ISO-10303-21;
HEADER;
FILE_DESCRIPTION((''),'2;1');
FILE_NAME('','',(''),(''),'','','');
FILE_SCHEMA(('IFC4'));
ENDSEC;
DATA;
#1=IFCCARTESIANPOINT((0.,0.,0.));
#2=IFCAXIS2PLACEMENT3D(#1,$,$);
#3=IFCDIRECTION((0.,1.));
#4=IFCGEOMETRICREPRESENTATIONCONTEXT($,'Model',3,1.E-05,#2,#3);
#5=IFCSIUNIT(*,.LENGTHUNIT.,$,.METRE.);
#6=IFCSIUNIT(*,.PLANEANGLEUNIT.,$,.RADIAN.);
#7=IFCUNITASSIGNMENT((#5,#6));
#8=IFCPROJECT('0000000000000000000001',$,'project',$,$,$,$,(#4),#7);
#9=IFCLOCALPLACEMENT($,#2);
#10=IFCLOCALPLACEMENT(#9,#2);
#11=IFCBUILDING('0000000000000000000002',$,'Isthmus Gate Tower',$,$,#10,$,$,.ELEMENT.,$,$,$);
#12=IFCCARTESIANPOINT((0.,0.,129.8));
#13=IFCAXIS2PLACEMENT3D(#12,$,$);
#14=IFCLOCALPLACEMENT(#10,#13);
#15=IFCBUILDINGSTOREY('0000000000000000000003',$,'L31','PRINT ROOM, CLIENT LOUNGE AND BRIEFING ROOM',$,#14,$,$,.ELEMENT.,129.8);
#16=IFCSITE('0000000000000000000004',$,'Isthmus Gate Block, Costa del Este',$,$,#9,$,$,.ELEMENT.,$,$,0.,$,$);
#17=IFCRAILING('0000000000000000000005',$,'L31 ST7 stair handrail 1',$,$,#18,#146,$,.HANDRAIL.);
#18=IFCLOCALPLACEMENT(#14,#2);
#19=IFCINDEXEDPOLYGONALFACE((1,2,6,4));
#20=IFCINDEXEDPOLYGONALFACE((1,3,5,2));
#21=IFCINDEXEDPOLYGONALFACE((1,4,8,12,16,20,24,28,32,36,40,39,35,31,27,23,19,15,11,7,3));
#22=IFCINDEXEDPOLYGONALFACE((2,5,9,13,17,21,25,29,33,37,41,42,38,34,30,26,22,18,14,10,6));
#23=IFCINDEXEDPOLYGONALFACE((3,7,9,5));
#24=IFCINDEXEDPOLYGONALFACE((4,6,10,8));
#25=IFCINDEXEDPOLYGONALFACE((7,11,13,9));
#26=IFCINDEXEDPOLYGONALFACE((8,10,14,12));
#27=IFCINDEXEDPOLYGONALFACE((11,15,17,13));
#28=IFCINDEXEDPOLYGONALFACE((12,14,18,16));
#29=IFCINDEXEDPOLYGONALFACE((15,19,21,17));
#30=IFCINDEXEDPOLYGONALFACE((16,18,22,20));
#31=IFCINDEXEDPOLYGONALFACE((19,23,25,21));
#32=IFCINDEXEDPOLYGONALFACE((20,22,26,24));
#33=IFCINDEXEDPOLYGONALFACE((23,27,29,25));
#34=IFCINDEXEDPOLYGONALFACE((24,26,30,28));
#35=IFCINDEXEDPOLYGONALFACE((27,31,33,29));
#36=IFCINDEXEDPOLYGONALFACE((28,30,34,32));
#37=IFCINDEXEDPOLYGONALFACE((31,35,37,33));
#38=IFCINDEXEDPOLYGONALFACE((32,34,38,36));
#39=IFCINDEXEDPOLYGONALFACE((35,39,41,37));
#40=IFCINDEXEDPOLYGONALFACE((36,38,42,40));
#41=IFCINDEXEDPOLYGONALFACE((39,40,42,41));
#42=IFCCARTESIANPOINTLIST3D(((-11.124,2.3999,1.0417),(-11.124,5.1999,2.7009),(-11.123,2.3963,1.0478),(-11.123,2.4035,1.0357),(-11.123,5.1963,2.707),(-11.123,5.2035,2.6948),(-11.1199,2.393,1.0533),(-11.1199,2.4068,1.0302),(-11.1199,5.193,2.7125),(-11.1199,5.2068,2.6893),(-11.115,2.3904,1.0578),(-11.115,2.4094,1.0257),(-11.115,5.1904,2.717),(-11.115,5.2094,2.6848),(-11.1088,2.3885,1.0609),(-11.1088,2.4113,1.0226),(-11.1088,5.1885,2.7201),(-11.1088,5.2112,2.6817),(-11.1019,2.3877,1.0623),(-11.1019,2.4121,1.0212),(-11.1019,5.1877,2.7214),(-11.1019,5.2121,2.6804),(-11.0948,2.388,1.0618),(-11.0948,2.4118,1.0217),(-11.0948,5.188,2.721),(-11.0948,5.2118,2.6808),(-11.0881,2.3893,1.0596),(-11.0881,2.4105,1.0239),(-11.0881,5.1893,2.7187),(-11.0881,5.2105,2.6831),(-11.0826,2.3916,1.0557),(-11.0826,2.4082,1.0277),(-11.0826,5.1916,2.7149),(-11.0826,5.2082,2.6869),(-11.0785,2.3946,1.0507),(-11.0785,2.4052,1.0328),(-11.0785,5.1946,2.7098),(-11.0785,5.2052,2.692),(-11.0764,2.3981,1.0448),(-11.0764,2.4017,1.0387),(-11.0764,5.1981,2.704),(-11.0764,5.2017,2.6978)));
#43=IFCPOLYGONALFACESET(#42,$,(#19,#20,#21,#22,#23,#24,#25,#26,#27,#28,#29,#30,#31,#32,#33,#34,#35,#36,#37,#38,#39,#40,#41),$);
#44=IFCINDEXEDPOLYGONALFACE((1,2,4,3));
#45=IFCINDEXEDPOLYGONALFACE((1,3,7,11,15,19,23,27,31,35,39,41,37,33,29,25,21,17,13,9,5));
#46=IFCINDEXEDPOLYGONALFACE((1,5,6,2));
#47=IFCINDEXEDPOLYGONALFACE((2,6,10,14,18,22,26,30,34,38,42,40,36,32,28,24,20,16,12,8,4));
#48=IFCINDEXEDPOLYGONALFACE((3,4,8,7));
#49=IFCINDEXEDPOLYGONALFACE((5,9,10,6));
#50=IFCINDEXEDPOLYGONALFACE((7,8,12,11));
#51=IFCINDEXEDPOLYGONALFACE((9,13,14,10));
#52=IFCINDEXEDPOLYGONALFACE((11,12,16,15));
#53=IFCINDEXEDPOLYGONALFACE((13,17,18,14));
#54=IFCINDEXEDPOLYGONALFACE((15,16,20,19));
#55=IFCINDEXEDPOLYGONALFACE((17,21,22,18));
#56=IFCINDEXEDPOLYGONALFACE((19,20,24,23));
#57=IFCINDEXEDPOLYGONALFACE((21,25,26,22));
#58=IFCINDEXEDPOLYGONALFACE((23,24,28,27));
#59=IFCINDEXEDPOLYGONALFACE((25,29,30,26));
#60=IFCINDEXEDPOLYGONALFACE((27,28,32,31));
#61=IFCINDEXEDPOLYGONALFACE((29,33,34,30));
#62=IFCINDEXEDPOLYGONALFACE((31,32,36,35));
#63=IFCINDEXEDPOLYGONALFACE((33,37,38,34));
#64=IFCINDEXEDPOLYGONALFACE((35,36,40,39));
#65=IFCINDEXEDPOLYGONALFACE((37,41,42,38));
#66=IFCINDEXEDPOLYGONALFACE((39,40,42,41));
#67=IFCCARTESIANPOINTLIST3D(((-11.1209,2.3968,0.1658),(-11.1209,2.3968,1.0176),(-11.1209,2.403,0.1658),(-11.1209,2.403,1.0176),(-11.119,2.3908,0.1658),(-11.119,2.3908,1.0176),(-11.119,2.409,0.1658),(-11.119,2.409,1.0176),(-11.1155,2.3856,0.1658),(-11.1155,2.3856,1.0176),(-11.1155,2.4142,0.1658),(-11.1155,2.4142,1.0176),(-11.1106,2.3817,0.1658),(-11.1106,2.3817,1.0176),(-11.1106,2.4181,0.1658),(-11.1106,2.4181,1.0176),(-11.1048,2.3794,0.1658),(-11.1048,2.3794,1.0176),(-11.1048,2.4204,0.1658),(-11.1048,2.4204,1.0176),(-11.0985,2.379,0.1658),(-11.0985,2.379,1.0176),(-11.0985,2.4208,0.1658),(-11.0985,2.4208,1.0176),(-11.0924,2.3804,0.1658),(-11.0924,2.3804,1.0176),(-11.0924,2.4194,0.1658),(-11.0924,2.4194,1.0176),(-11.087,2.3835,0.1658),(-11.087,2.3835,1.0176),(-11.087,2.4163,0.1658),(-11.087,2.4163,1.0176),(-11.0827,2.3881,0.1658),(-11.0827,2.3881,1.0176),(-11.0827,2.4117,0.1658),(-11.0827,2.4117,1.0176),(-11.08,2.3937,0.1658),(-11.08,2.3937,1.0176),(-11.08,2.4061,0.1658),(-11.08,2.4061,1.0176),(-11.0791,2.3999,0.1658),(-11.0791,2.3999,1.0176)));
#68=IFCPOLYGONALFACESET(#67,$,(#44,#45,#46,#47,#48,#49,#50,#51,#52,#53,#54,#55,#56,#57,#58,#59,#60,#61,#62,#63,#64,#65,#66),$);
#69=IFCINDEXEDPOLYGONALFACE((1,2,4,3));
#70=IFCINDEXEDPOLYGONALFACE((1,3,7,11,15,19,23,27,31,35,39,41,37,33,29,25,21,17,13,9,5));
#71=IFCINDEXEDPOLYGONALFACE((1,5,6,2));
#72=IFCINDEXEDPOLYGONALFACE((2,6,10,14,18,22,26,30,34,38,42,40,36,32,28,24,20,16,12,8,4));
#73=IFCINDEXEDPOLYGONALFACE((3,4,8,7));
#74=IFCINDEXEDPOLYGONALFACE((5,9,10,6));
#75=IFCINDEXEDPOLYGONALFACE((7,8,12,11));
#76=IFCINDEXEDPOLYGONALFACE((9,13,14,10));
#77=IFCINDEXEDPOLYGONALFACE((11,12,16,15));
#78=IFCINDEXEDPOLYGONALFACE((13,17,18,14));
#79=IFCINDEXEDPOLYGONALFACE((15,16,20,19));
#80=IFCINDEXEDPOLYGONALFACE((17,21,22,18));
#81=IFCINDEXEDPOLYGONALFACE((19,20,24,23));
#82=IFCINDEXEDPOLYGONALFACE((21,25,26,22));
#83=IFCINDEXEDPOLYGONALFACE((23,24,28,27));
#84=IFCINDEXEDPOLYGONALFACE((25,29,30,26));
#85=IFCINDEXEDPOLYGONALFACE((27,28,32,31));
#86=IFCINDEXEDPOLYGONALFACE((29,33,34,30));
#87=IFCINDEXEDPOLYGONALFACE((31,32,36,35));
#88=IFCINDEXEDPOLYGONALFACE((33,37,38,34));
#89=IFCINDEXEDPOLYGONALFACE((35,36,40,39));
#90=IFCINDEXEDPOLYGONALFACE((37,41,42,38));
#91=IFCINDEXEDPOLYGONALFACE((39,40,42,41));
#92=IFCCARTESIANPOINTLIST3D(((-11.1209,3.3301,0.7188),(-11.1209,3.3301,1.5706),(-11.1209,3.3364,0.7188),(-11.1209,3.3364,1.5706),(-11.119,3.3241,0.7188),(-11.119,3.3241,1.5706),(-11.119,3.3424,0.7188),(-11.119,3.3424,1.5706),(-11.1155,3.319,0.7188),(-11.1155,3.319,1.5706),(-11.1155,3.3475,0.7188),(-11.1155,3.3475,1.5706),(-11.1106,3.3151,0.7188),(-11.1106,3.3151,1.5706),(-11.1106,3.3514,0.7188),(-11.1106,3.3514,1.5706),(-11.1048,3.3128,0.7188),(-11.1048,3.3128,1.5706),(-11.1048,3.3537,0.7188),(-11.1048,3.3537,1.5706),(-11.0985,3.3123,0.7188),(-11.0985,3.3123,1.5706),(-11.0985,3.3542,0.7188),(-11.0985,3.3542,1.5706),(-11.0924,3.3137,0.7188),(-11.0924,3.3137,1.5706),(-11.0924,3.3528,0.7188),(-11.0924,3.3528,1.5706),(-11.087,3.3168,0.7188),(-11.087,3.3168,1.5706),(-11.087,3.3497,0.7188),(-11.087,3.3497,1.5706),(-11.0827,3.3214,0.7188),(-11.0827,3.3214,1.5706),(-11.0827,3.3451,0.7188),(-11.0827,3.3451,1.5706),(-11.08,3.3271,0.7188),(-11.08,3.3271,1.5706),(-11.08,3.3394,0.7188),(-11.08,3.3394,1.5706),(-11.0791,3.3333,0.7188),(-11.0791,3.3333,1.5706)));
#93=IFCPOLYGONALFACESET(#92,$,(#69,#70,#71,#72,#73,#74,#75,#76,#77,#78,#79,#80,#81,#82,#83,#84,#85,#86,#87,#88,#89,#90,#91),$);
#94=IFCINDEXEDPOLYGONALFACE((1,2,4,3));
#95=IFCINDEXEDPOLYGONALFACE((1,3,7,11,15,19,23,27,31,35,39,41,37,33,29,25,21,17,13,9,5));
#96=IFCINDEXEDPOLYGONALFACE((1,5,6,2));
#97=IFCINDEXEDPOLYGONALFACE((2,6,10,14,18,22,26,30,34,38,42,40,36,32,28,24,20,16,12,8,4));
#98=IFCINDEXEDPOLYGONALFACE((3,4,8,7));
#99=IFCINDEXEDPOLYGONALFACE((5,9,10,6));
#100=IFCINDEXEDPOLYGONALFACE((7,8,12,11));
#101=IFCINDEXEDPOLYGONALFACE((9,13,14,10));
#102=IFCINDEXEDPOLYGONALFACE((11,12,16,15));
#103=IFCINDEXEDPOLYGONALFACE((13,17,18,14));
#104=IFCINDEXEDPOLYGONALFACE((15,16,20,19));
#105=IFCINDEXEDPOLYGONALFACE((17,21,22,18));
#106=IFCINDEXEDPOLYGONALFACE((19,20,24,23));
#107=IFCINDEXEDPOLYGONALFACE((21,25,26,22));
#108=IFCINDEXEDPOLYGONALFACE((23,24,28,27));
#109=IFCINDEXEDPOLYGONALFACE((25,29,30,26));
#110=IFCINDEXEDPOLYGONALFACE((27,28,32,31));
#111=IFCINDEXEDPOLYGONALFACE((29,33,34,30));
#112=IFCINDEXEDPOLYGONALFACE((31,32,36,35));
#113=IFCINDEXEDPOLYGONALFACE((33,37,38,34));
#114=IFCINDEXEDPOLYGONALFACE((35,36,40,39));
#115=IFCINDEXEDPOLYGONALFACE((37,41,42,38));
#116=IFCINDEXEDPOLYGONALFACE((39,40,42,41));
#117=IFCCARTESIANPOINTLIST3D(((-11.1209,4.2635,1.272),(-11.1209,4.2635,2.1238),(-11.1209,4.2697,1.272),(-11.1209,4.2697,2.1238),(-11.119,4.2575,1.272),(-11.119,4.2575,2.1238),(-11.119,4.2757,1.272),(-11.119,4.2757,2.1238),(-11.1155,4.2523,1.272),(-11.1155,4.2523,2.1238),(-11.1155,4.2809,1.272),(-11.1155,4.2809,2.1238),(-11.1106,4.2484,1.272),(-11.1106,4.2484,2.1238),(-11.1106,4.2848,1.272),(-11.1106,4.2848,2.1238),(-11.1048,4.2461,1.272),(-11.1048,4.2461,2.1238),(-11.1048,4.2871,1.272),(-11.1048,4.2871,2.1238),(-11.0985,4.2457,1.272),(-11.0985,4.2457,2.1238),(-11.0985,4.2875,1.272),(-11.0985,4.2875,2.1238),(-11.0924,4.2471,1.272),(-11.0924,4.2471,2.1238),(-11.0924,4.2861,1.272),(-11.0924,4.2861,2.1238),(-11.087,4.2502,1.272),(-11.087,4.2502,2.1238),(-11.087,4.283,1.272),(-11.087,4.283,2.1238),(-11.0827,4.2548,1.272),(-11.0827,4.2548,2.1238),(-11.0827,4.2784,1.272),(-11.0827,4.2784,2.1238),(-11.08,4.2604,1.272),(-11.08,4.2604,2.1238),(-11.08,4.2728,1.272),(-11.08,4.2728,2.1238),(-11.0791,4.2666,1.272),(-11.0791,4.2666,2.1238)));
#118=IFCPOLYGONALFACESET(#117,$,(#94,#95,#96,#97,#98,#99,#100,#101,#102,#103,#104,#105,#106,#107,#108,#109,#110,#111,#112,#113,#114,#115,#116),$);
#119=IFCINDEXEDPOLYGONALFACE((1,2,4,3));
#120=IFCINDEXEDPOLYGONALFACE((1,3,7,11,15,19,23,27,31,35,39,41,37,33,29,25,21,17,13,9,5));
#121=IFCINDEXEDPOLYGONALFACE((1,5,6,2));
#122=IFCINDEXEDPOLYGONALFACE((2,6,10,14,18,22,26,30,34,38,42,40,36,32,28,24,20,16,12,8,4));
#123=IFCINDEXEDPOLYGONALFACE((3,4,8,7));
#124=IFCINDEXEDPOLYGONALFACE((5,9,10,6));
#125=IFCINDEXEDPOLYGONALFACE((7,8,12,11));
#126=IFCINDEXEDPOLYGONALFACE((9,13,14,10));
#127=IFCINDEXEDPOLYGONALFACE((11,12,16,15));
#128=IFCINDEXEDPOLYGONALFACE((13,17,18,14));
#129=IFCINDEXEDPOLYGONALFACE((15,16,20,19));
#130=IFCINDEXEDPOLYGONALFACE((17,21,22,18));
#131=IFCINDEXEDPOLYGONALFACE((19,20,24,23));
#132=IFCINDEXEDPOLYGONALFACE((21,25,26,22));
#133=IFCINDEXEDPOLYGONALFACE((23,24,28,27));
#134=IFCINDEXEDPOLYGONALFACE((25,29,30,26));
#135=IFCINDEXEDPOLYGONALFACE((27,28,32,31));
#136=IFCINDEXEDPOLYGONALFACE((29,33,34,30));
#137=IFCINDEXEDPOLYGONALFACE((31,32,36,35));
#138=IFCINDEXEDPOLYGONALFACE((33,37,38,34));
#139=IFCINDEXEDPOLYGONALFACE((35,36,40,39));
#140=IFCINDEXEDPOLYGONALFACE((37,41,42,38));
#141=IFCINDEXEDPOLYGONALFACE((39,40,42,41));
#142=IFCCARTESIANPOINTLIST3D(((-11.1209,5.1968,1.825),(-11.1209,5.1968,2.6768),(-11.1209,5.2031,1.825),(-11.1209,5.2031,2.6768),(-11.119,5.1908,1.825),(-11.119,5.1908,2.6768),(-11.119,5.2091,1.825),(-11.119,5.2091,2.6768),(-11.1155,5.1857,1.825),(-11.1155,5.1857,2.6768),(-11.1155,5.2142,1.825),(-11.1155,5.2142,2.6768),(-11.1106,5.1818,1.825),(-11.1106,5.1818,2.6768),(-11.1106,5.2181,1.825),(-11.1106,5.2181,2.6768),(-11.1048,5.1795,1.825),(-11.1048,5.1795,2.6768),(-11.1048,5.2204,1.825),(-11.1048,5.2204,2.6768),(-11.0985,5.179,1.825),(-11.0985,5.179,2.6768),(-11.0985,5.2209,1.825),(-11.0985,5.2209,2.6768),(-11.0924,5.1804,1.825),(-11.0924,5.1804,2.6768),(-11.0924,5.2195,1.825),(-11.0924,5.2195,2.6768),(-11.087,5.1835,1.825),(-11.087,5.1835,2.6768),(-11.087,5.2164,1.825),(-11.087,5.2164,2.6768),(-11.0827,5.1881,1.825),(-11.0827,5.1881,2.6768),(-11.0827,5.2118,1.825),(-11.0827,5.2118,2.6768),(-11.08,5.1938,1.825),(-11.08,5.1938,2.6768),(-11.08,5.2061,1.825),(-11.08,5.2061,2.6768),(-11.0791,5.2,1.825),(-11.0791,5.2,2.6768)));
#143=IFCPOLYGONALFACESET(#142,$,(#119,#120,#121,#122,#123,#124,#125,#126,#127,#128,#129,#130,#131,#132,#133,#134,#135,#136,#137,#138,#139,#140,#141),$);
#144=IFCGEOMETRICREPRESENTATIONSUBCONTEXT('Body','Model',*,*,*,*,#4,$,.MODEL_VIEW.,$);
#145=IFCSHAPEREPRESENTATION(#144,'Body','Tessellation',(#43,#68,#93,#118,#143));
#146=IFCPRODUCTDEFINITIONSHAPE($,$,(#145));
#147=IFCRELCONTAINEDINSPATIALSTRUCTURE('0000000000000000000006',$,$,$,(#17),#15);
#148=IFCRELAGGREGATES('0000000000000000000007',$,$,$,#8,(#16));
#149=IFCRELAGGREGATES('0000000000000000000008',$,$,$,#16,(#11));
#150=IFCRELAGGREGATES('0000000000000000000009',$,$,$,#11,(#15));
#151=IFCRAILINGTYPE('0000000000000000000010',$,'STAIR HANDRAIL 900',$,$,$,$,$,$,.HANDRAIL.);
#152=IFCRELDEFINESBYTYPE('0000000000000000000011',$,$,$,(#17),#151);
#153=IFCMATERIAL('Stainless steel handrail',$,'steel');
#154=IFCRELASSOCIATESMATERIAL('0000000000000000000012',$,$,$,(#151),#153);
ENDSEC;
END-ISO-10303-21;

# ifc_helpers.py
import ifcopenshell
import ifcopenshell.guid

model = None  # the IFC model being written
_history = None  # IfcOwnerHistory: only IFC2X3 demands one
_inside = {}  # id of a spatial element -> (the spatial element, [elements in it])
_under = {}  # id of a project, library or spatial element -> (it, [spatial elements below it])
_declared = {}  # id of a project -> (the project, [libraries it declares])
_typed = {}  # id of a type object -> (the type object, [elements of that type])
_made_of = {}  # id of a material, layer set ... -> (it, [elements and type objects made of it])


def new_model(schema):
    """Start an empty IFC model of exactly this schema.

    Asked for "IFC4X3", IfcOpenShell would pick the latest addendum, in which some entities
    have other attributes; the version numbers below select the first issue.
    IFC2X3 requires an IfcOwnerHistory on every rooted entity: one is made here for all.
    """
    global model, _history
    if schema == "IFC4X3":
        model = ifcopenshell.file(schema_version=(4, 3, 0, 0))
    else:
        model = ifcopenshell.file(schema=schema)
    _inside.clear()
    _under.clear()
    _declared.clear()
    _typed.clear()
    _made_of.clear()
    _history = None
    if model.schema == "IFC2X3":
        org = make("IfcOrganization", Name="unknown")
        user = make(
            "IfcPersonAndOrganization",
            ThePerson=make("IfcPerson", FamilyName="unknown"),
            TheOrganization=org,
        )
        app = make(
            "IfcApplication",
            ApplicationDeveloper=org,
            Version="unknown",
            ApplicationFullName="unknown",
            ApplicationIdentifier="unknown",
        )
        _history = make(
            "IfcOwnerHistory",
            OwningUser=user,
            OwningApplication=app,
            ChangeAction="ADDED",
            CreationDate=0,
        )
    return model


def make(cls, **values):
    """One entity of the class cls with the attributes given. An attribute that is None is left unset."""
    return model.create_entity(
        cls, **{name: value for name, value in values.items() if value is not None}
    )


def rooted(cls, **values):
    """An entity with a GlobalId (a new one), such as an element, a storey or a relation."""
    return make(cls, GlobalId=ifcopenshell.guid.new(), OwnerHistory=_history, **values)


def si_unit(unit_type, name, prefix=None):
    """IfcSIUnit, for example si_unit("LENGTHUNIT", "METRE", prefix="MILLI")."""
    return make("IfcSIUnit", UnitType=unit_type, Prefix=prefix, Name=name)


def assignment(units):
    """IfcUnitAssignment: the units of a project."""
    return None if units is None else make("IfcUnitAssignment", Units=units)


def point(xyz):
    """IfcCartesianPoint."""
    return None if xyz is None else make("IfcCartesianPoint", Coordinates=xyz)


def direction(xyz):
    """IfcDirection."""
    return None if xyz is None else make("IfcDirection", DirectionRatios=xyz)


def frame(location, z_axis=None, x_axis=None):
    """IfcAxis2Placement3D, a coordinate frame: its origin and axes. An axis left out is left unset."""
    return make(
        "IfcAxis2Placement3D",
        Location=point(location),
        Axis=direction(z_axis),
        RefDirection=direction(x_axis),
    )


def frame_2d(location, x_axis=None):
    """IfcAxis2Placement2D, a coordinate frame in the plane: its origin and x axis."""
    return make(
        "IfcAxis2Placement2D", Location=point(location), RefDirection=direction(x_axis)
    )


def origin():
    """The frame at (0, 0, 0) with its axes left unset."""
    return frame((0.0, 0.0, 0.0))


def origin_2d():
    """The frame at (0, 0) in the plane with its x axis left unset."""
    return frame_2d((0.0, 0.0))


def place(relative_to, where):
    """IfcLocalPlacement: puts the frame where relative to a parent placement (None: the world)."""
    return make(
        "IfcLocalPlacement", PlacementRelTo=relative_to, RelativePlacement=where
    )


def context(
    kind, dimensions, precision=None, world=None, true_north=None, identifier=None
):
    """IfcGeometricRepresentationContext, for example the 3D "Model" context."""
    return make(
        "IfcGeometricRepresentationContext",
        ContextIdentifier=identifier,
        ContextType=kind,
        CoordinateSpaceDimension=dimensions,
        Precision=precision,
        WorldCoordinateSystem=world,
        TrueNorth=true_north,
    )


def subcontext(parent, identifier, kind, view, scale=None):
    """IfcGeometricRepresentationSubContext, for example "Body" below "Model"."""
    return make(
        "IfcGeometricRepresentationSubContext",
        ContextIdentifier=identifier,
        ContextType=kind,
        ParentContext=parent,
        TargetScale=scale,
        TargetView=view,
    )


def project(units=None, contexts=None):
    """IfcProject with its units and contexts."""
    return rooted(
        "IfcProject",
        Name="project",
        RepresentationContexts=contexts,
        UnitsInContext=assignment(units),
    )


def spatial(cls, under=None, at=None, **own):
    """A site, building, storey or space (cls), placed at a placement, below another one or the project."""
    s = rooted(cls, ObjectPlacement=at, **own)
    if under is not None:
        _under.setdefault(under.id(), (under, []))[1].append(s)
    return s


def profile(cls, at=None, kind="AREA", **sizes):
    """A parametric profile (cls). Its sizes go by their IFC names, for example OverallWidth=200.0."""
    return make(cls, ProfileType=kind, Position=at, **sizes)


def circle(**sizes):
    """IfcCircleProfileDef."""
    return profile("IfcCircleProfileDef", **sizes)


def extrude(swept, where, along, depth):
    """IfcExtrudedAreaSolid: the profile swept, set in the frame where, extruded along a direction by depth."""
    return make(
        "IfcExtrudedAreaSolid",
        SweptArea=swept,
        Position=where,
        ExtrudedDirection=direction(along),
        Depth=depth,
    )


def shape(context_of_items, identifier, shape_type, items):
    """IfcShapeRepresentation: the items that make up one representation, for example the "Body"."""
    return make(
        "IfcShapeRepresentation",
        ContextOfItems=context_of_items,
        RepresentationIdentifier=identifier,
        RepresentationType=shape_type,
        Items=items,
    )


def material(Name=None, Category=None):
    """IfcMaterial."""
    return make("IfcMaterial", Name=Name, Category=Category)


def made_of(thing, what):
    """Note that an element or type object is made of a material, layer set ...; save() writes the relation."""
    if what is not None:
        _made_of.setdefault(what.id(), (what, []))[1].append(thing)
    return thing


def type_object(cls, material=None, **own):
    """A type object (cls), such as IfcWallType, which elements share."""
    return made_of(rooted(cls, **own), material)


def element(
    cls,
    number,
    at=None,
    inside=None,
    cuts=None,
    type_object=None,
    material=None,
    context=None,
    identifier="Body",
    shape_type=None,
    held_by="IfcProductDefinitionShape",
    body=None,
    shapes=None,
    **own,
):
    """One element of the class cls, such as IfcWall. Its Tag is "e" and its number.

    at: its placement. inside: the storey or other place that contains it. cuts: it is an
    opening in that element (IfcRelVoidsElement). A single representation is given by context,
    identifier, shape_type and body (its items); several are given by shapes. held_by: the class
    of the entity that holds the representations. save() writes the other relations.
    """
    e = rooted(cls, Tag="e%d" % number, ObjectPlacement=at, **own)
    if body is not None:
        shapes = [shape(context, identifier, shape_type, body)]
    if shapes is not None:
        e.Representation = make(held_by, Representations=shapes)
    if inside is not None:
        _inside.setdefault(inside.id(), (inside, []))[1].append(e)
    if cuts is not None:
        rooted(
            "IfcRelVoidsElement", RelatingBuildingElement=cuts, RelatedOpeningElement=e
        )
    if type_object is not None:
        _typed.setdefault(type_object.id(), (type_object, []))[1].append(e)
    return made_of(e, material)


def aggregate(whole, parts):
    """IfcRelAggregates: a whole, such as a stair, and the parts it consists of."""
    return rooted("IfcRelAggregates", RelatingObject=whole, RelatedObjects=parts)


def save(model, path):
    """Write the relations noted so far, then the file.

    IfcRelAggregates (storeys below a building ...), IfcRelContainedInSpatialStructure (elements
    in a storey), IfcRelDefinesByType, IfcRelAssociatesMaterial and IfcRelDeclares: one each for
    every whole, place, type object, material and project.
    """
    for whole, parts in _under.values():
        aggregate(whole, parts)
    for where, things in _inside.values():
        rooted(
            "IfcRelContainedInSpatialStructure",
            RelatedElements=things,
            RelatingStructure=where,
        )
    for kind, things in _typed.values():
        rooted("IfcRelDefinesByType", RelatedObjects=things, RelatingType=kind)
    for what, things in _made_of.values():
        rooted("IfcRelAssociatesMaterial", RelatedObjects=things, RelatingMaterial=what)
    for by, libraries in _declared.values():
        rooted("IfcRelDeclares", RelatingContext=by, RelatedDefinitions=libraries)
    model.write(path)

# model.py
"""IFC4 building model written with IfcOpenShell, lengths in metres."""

from ifc_helpers import new_model, si_unit, direction, frame, origin, origin_2d, place, context, subcontext, project, spatial, circle, extrude, material, type_object, element, save


model = new_model("IFC4")

# Units and contexts
model_context = context("Model", 3, precision=1e-05, world=origin(), true_north=direction((0.0, 1.0)))
body_context = subcontext(model_context, "Body", "Model", "MODEL_VIEW")
ifc_project = project(units=[si_unit("LENGTHUNIT", "METRE"), si_unit("PLANEANGLEUNIT", "RADIAN")], contexts=[model_context])

# Site, building, storey
site_placement = place(None, origin())
site = spatial("IfcSite", under=ifc_project, at=site_placement, Name="Isthmus Gate Block, Costa del Este", CompositionType="ELEMENT", RefElevation=0.0)
building_placement = place(site_placement, origin())
building = spatial("IfcBuilding", under=site, at=building_placement, Name="Isthmus Gate Tower", CompositionType="ELEMENT")
storey_placement = place(building_placement, frame((0.0, 0.0, 129.8)))
storey = spatial("IfcBuildingStorey", under=building, at=storey_placement, Name="L31", Description="PRINT ROOM, CLIENT LOUNGE AND BRIEFING ROOM", CompositionType="ELEMENT", Elevation=129.8)

# Railing
ifc_material_1 = material(Name="Stainless steel handrail", Category="steel")
railing_type_1 = type_object("IfcRailingType", Name="STAIR HANDRAIL 900", PredefinedType="HANDRAIL", material=ifc_material_1)
railing_1_placement = place(storey_placement, frame((-11.1001, 2.3999, 0.1658)))
element("IfcRailing", 1, at=railing_1_placement, inside=storey, type_object=railing_type_1, Name="L31 ST7 stair handrail 1", PredefinedType="HANDRAIL", context=body_context, shape_type="SweptSolid", body=[
    extrude(circle(Radius=0.0239, at=origin_2d()), frame((0.0, 0.0, 0.876), z_axis=(0.0, 0.860306, 0.509778), x_axis=(-1.0, 0.0, 0.0)), (0.0, 0.0, 1.0), 3.2546),
    extrude(circle(Radius=0.021, at=origin_2d()), origin(), (0.0, 0.0, 1.0), 0.8518),
    extrude(circle(Radius=0.021, at=origin_2d()), frame((0.0, 0.9333, 0.553)), (0.0, 0.0, 1.0), 0.8518),
    extrude(circle(Radius=0.021, at=origin_2d()), frame((0.0, 1.8667, 1.1062)), (0.0, 0.0, 1.0), 0.8518),
    extrude(circle(Radius=0.021, at=origin_2d()), frame((0.0, 2.8, 1.6592)), (0.0, 0.0, 1.0), 0.8518),
])

save(model, "model.ifc")
